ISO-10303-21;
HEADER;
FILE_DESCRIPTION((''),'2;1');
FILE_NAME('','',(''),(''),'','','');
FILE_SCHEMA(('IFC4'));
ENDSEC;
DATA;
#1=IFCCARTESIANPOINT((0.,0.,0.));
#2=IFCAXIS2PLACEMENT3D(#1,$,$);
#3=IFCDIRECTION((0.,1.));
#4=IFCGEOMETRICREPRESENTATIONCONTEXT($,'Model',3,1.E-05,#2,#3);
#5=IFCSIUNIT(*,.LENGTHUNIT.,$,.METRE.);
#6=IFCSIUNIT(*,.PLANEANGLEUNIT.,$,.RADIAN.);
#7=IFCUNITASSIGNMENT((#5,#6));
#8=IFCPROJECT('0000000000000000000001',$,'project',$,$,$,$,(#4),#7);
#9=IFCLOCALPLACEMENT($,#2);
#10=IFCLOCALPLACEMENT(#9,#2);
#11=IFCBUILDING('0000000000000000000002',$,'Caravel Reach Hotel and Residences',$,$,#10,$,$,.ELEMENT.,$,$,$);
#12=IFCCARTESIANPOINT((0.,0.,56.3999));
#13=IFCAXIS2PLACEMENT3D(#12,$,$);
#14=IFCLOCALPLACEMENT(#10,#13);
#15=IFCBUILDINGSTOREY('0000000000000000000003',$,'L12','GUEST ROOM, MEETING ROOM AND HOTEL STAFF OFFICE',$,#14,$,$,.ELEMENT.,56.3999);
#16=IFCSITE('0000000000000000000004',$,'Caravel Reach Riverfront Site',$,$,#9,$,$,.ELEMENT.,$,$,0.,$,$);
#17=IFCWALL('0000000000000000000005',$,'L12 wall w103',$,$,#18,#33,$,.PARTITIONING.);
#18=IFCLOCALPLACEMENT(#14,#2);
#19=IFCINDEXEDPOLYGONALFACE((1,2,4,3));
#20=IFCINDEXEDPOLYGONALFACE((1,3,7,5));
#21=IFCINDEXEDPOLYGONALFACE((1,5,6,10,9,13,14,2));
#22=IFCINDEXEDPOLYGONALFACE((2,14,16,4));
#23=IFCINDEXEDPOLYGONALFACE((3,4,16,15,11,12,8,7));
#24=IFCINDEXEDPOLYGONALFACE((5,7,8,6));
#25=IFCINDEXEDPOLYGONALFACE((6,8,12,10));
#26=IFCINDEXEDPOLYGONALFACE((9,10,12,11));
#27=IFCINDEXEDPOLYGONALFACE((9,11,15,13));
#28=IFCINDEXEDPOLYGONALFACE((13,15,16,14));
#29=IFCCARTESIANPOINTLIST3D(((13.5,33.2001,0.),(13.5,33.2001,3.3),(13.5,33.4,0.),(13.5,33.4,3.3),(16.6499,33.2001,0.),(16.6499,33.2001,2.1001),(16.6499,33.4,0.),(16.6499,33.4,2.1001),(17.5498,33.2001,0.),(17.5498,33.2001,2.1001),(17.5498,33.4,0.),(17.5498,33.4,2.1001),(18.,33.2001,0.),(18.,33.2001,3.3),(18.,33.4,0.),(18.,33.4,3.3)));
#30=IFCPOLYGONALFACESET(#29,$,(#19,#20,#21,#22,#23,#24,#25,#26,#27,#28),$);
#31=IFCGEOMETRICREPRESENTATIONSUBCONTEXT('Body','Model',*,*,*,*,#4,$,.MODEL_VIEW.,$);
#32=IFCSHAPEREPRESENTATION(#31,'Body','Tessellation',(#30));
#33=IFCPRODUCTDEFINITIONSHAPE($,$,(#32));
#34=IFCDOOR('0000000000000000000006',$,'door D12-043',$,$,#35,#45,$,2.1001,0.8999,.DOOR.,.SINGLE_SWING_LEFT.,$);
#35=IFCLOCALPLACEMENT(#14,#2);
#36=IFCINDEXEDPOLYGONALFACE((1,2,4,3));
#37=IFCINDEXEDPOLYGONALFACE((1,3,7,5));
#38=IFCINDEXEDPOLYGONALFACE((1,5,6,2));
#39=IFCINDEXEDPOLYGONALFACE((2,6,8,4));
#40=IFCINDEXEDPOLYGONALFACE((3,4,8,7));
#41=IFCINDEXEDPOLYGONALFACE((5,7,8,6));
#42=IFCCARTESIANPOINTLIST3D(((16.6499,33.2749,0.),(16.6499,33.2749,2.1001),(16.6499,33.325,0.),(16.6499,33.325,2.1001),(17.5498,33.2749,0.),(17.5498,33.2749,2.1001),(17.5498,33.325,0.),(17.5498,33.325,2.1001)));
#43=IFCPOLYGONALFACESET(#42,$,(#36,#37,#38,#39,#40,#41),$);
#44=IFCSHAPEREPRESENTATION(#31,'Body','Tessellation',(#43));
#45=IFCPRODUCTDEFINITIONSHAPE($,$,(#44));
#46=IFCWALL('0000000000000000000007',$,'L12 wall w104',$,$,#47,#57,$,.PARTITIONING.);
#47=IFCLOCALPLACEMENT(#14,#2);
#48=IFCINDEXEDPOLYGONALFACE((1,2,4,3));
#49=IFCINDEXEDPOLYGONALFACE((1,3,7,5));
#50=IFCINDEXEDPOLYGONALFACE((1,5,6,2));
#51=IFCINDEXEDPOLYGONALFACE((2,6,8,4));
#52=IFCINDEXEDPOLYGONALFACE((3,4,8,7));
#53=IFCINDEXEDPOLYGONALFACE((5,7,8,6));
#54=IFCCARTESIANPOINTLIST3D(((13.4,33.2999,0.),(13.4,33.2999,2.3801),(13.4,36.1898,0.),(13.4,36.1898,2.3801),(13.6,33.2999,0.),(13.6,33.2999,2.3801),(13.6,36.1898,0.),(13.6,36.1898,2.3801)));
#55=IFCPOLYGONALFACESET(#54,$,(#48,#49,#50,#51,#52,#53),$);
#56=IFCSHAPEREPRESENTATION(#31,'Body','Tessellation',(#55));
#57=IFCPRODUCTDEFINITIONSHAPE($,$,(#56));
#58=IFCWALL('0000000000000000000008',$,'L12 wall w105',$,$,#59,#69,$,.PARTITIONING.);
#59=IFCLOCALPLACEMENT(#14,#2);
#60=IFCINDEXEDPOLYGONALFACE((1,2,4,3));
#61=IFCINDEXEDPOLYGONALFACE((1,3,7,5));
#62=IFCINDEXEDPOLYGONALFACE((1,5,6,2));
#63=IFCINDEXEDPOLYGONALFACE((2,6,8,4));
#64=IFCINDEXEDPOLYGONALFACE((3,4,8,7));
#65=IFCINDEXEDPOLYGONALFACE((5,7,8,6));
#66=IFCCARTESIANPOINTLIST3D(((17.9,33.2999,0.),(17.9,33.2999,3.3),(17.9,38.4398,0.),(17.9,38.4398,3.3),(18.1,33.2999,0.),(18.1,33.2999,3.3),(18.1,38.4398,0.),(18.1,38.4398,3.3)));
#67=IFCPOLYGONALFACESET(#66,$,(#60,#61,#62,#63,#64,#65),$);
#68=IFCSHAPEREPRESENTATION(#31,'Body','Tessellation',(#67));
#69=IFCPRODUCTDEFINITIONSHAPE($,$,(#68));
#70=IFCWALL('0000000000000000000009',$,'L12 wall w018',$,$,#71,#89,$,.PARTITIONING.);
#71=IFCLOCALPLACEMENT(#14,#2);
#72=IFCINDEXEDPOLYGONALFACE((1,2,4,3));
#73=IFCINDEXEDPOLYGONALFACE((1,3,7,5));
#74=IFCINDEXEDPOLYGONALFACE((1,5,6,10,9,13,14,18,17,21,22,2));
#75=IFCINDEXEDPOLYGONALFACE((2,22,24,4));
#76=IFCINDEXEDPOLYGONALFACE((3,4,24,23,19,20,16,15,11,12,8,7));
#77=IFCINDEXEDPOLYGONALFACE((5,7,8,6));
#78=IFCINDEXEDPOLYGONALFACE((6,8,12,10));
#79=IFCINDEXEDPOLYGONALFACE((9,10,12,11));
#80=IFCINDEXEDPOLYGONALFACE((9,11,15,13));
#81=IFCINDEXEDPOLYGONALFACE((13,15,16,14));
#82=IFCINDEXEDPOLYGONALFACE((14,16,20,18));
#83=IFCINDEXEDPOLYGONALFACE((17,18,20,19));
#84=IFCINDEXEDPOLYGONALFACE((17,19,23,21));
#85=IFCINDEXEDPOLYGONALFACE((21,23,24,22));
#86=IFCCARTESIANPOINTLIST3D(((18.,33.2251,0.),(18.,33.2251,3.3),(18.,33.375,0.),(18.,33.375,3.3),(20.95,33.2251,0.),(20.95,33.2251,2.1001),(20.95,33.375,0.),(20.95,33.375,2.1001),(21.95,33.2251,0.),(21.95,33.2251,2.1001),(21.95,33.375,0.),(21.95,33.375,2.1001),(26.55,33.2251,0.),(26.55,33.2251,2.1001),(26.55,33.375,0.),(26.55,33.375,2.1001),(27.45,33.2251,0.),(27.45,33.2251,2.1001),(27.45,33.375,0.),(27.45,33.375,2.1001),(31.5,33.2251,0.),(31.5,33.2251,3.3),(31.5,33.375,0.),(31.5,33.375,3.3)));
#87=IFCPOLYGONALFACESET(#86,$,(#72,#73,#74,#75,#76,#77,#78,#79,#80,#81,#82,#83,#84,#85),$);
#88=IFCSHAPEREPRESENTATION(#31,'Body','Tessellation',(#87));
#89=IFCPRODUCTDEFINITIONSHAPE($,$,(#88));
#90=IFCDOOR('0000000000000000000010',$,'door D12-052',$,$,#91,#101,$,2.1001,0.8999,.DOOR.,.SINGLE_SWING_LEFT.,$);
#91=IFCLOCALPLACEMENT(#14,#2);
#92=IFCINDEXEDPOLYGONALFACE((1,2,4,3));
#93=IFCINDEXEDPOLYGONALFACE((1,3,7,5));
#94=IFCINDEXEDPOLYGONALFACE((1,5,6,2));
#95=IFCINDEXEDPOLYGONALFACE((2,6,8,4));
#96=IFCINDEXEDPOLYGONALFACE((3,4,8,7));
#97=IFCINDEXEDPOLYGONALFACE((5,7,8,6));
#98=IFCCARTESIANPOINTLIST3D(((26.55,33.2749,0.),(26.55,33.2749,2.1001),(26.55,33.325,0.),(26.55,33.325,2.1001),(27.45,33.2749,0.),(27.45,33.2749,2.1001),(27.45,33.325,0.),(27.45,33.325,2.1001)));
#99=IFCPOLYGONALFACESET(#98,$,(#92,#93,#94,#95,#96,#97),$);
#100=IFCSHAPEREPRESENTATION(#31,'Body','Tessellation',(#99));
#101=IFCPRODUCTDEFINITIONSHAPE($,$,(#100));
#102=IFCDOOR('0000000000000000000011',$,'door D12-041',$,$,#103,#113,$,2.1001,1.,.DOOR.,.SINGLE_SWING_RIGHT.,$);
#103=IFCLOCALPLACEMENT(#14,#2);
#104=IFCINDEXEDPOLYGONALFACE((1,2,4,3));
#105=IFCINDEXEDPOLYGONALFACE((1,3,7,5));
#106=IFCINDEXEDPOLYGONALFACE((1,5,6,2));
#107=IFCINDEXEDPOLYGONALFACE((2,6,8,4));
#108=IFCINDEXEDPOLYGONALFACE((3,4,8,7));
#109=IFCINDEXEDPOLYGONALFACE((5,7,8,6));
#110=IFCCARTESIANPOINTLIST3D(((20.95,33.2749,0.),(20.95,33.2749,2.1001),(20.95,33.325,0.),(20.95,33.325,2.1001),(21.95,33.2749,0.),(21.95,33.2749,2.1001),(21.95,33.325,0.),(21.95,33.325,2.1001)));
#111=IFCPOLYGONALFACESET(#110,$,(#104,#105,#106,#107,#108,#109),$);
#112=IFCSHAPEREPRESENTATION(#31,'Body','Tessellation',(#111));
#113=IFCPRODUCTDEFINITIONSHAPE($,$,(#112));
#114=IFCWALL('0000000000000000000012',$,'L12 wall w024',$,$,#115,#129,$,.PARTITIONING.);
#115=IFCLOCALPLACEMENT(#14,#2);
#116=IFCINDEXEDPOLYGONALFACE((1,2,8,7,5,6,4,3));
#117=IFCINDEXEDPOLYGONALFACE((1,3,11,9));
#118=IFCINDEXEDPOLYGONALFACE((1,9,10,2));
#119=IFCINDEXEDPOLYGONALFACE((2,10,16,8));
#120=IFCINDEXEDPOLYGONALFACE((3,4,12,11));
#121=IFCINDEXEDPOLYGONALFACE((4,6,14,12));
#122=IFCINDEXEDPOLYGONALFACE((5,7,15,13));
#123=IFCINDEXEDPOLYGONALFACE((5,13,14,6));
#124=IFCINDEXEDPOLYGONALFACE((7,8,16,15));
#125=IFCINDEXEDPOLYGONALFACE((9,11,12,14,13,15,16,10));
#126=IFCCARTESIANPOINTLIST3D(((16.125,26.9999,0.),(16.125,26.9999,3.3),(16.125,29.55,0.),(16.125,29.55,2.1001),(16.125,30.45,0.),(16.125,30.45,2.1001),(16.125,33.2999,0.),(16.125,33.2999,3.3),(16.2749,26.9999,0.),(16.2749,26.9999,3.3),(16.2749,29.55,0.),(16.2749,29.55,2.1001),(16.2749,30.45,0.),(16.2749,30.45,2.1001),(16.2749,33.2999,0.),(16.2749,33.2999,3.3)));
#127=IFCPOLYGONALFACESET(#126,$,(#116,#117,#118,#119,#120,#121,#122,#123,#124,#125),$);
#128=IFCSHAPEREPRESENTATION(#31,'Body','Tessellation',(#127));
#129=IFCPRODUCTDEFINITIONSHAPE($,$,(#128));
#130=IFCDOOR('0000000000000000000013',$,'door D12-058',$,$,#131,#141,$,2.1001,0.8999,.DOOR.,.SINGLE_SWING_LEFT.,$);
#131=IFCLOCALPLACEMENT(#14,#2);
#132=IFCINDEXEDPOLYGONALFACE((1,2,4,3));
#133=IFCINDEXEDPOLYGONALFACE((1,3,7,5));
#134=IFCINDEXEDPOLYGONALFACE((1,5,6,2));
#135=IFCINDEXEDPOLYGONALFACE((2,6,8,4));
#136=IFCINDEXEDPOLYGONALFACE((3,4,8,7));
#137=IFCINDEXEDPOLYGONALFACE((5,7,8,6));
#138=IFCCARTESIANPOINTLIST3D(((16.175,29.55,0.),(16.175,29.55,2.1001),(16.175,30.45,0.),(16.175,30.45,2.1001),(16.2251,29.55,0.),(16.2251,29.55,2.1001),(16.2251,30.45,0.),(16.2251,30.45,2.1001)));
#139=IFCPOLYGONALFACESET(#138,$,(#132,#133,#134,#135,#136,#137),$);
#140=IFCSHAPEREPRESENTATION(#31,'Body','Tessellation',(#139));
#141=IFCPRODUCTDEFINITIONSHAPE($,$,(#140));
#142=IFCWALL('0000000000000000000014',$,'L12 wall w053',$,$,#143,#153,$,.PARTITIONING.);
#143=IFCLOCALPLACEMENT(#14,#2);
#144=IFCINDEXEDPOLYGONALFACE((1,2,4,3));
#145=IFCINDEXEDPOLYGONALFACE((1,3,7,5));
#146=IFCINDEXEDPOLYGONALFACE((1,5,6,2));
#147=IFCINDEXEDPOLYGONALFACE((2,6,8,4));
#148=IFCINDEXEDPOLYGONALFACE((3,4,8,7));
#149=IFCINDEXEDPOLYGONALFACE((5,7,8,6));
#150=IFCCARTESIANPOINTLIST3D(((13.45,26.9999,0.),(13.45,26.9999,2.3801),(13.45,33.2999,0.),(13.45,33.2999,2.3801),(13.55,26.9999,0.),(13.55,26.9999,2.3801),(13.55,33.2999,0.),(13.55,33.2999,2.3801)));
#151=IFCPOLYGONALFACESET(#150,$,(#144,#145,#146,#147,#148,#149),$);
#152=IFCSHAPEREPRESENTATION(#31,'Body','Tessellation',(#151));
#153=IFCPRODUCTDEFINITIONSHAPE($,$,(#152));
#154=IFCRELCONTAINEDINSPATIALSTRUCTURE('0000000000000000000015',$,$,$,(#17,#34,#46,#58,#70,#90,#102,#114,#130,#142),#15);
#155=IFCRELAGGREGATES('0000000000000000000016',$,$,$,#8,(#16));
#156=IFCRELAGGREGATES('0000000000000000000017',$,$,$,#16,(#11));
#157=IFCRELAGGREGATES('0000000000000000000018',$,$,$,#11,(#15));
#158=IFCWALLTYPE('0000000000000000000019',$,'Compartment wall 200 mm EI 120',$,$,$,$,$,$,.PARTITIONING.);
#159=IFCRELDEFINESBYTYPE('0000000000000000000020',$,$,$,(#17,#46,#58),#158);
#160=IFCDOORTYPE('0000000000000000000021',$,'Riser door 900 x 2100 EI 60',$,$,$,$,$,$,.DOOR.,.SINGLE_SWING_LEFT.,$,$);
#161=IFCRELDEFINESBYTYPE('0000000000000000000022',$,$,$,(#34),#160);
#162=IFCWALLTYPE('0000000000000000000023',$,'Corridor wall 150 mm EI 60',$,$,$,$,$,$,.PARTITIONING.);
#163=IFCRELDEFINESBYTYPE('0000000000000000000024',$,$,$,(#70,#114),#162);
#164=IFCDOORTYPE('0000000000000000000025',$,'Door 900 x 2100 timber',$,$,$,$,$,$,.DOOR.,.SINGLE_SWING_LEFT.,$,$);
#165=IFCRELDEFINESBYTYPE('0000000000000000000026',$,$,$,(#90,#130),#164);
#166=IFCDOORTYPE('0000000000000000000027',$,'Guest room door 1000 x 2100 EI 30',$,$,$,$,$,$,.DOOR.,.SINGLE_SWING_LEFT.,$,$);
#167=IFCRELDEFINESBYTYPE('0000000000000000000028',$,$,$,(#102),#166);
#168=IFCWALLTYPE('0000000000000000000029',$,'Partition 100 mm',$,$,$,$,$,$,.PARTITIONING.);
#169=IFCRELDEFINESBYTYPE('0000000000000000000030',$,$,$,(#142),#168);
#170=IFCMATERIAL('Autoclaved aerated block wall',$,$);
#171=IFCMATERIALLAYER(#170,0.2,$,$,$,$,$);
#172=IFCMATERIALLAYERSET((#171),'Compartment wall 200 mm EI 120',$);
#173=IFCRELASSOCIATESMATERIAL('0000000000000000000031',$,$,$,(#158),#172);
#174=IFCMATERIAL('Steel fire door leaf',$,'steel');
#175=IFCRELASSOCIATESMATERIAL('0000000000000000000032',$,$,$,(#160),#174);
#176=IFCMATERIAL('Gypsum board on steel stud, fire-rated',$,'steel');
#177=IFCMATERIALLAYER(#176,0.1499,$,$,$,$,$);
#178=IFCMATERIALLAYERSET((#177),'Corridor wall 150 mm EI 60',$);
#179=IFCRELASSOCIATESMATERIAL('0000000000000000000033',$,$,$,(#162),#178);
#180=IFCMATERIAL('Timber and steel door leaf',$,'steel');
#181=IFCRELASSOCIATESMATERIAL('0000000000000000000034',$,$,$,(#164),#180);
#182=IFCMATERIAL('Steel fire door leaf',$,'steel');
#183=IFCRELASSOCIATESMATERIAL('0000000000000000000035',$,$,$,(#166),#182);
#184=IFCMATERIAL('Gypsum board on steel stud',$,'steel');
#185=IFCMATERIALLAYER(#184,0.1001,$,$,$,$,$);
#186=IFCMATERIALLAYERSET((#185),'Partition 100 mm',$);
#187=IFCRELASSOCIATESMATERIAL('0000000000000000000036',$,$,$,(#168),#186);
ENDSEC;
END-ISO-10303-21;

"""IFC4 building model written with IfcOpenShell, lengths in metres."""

from ifc_helpers import new_model, si_unit, direction, frame, frame_2d, origin, place, context, subcontext, project, spatial, rectangle, extrude, material, layer, layer_set, type_object, element, fill, save


model = new_model("IFC4")

# Units and contexts
model_context = context("Model", 3, precision=1e-05, world=origin(), true_north=direction((0.0, 1.0)))
body_context = subcontext(model_context, "Body", "Model", "MODEL_VIEW")
ifc_project = project(units=[si_unit("LENGTHUNIT", "METRE"), si_unit("PLANEANGLEUNIT", "RADIAN")], contexts=[model_context])

# Site, building, storey
site_placement = place(None, origin())
site = spatial("IfcSite", under=ifc_project, at=site_placement, Name="Caravel Reach Riverfront Site", CompositionType="ELEMENT", RefElevation=0.0)
building_placement = place(site_placement, origin())
building = spatial("IfcBuilding", under=site, at=building_placement, Name="Caravel Reach Hotel and Residences", CompositionType="ELEMENT")
storey_placement = place(building_placement, frame((0.0, 0.0, 56.3999)))
storey = spatial("IfcBuildingStorey", under=building, at=storey_placement, Name="L12", Description="GUEST ROOM, MEETING ROOM AND HOTEL STAFF OFFICE", CompositionType="ELEMENT", Elevation=56.3999)

# Wall, opening, door
ifc_material_1 = material(Name="Autoclaved aerated block wall")
ifc_layer_1 = layer(ifc_material_1, 0.2)
ifc_layer_set_1 = layer_set([ifc_layer_1], Name="Compartment wall 200 mm EI 120")
wall_type_1 = type_object("IfcWallType", Name="Compartment wall 200 mm EI 120", PredefinedType="PARTITIONING", material=ifc_layer_set_1)
wall_1_placement = place(storey_placement, frame((13.5, 33.3, 0.0), z_axis=(0.0, 0.0, 1.0), x_axis=(1.0, 0.0, 0.0)))
wall_1 = element("IfcWall", 1, at=wall_1_placement, inside=storey, type_object=wall_type_1, Name="L12 wall w103", PredefinedType="PARTITIONING", context=body_context, shape_type="SweptSolid", body=[
    extrude(rectangle(XDim=4.5, YDim=0.2, at=frame_2d((2.25, 0.0))), origin(), (0.0, 0.0, 1.0), 3.3),
])
opening_1_placement = place(wall_1_placement, frame((3.1499, 0.0, 0.0)))
opening_1 = element("IfcOpeningElement", 2, at=opening_1_placement, cuts=wall_1, PredefinedType="OPENING", context=body_context, shape_type="SweptSolid", body=[
    extrude(rectangle(XDim=0.8999, YDim=2.1001, at=frame_2d((0.45, 1.05))), frame((0.0, 0.1099, 0.0), z_axis=(0.0, -1.0, 0.0), x_axis=(1.0, 0.0, 0.0)), (0.0, 0.0, 1.0), 0.22),
])
ifc_material_2 = material(Name="Steel fire door leaf", Category="steel")
door_type_1 = type_object("IfcDoorType", Name="Riser door 900 x 2100 EI 60", OperationType="SINGLE_SWING_LEFT", PredefinedType="DOOR", material=ifc_material_2)
door_1_placement = place(opening_1_placement, origin())
door_1 = element("IfcDoor", 3, at=door_1_placement, inside=storey, type_object=door_type_1, Name="door D12-043", OperationType="SINGLE_SWING_LEFT", OverallHeight=2.1001, OverallWidth=0.8999, PredefinedType="DOOR", context=body_context, shape_type="SweptSolid", body=[
    extrude(rectangle(XDim=0.8999, YDim=2.1001, at=frame_2d((0.45, 1.05))), frame((0.0, 0.0249, 0.0), z_axis=(0.0, -1.0, 0.0), x_axis=(1.0, 0.0, 0.0)), (0.0, 0.0, 1.0), 0.05),
])
fill(opening_1, door_1)

# Walls
wall_2_placement = place(storey_placement, frame((13.5, 33.3, 0.0), z_axis=(0.0, 0.0, 1.0), x_axis=(0.0, 1.0, 0.0)))
element("IfcWall", 4, at=wall_2_placement, inside=storey, type_object=wall_type_1, Name="L12 wall w104", PredefinedType="PARTITIONING", context=body_context, shape_type="SweptSolid", body=[
    extrude(rectangle(XDim=2.8899, YDim=0.2, at=frame_2d((1.4448, 0.0))), origin(), (0.0, 0.0, 1.0), 2.3801),
])
wall_3_placement = place(storey_placement, frame((18.0, 33.3, 0.0), z_axis=(0.0, 0.0, 1.0), x_axis=(0.0, 1.0, 0.0)))
element("IfcWall", 5, at=wall_3_placement, inside=storey, type_object=wall_type_1, Name="L12 wall w105", PredefinedType="PARTITIONING", context=body_context, shape_type="SweptSolid", body=[
    extrude(rectangle(XDim=5.1399, YDim=0.2, at=frame_2d((2.5698, 0.0))), origin(), (0.0, 0.0, 1.0), 3.3),
])

# Wall, openings, doors
ifc_material_3 = material(Name="Gypsum board on steel stud, fire-rated", Category="steel")
ifc_layer_2 = layer(ifc_material_3, 0.1499)
ifc_layer_set_2 = layer_set([ifc_layer_2], Name="Corridor wall 150 mm EI 60")
wall_type_2 = type_object("IfcWallType", Name="Corridor wall 150 mm EI 60", PredefinedType="PARTITIONING", material=ifc_layer_set_2)
wall_4_placement = place(storey_placement, frame((18.0, 33.3, 0.0), z_axis=(0.0, 0.0, 1.0), x_axis=(1.0, 0.0, 0.0)))
wall_4 = element("IfcWall", 6, at=wall_4_placement, inside=storey, type_object=wall_type_2, Name="L12 wall w018", PredefinedType="PARTITIONING", context=body_context, shape_type="SweptSolid", body=[
    extrude(rectangle(XDim=13.5, YDim=0.1499, at=frame_2d((6.75, 0.0))), origin(), (0.0, 0.0, 1.0), 3.3),
])
opening_2_placement = place(wall_4_placement, frame((2.95, 0.0, 0.0)))
opening_2 = element("IfcOpeningElement", 7, at=opening_2_placement, cuts=wall_4, PredefinedType="OPENING", context=body_context, shape_type="SweptSolid", body=[
    extrude(rectangle(XDim=1.0, YDim=2.1001, at=frame_2d((0.5, 1.05))), frame((0.0, 0.085, 0.0), z_axis=(0.0, -1.0, 0.0), x_axis=(1.0, 0.0, 0.0)), (0.0, 0.0, 1.0), 0.1699),
])
opening_3_placement = place(wall_4_placement, frame((8.55, 0.0, 0.0)))
opening_3 = element("IfcOpeningElement", 8, at=opening_3_placement, cuts=wall_4, PredefinedType="OPENING", context=body_context, shape_type="SweptSolid", body=[
    extrude(rectangle(XDim=0.8999, YDim=2.1001, at=frame_2d((0.45, 1.05))), frame((0.0, 0.085, 0.0), z_axis=(0.0, -1.0, 0.0), x_axis=(1.0, 0.0, 0.0)), (0.0, 0.0, 1.0), 0.1699),
])
ifc_material_4 = material(Name="Timber and steel door leaf", Category="steel")
door_type_2 = type_object("IfcDoorType", Name="Door 900 x 2100 timber", OperationType="SINGLE_SWING_LEFT", PredefinedType="DOOR", material=ifc_material_4)
door_2_placement = place(opening_3_placement, origin())
door_2 = element("IfcDoor", 9, at=door_2_placement, inside=storey, type_object=door_type_2, Name="door D12-052", OperationType="SINGLE_SWING_LEFT", OverallHeight=2.1001, OverallWidth=0.8999, PredefinedType="DOOR", context=body_context, shape_type="SweptSolid", body=[
    extrude(rectangle(XDim=0.8999, YDim=2.1001, at=frame_2d((0.45, 1.05))), frame((0.0, 0.0249, 0.0), z_axis=(0.0, -1.0, 0.0), x_axis=(1.0, 0.0, 0.0)), (0.0, 0.0, 1.0), 0.05),
])
fill(opening_3, door_2)
ifc_material_5 = material(Name="Steel fire door leaf", Category="steel")
door_type_3 = type_object("IfcDoorType", Name="Guest room door 1000 x 2100 EI 30", OperationType="SINGLE_SWING_LEFT", PredefinedType="DOOR", material=ifc_material_5)
door_3_placement = place(opening_2_placement, origin())
door_3 = element("IfcDoor", 10, at=door_3_placement, inside=storey, type_object=door_type_3, Name="door D12-041", OperationType="SINGLE_SWING_RIGHT", OverallHeight=2.1001, OverallWidth=1.0, PredefinedType="DOOR", context=body_context, shape_type="SweptSolid", body=[
    extrude(rectangle(XDim=1.0, YDim=2.1001, at=frame_2d((0.5, 1.05))), frame((0.0, 0.0249, 0.0), z_axis=(0.0, -1.0, 0.0), x_axis=(1.0, 0.0, 0.0)), (0.0, 0.0, 1.0), 0.05),
])
fill(opening_2, door_3)

# Wall, opening, door
wall_5_placement = place(storey_placement, frame((16.2, 27.0, 0.0), z_axis=(0.0, 0.0, 1.0), x_axis=(0.0, 1.0, 0.0)))
wall_5 = element("IfcWall", 11, at=wall_5_placement, inside=storey, type_object=wall_type_2, Name="L12 wall w024", PredefinedType="PARTITIONING", context=body_context, shape_type="SweptSolid", body=[
    extrude(rectangle(XDim=6.3, YDim=0.1499, at=frame_2d((3.1499, 0.0))), origin(), (0.0, 0.0, 1.0), 3.3),
])
opening_4_placement = place(wall_5_placement, frame((2.55, 0.0, 0.0)))
opening_4 = element("IfcOpeningElement", 12, at=opening_4_placement, cuts=wall_5, PredefinedType="OPENING", context=body_context, shape_type="SweptSolid", body=[
    extrude(rectangle(XDim=0.8999, YDim=2.1001, at=frame_2d((0.45, 1.05))), frame((0.0, 0.085, 0.0), z_axis=(0.0, -1.0, 0.0), x_axis=(1.0, 0.0, 0.0)), (0.0, 0.0, 1.0), 0.1699),
])
door_4_placement = place(opening_4_placement, origin())
door_4 = element("IfcDoor", 13, at=door_4_placement, inside=storey, type_object=door_type_2, Name="door D12-058", OperationType="SINGLE_SWING_LEFT", OverallHeight=2.1001, OverallWidth=0.8999, PredefinedType="DOOR", context=body_context, shape_type="SweptSolid", body=[
    extrude(rectangle(XDim=0.8999, YDim=2.1001, at=frame_2d((0.45, 1.05))), frame((0.0, 0.0249, 0.0), z_axis=(0.0, -1.0, 0.0), x_axis=(1.0, 0.0, 0.0)), (0.0, 0.0, 1.0), 0.05),
])
fill(opening_4, door_4)

# Wall
ifc_material_6 = material(Name="Gypsum board on steel stud", Category="steel")
ifc_layer_3 = layer(ifc_material_6, 0.1001)
ifc_layer_set_3 = layer_set([ifc_layer_3], Name="Partition 100 mm")
wall_type_3 = type_object("IfcWallType", Name="Partition 100 mm", PredefinedType="PARTITIONING", material=ifc_layer_set_3)
wall_6_placement = place(storey_placement, frame((13.5, 27.0, 0.0), z_axis=(0.0, 0.0, 1.0), x_axis=(0.0, 1.0, 0.0)))
element("IfcWall", 14, at=wall_6_placement, inside=storey, type_object=wall_type_3, Name="L12 wall w053", PredefinedType="PARTITIONING", context=body_context, shape_type="SweptSolid", body=[
    extrude(rectangle(XDim=6.3, YDim=0.1001, at=frame_2d((3.1499, 0.0))), origin(), (0.0, 0.0, 1.0), 2.3801),
])

save(model, "model.ifc")
